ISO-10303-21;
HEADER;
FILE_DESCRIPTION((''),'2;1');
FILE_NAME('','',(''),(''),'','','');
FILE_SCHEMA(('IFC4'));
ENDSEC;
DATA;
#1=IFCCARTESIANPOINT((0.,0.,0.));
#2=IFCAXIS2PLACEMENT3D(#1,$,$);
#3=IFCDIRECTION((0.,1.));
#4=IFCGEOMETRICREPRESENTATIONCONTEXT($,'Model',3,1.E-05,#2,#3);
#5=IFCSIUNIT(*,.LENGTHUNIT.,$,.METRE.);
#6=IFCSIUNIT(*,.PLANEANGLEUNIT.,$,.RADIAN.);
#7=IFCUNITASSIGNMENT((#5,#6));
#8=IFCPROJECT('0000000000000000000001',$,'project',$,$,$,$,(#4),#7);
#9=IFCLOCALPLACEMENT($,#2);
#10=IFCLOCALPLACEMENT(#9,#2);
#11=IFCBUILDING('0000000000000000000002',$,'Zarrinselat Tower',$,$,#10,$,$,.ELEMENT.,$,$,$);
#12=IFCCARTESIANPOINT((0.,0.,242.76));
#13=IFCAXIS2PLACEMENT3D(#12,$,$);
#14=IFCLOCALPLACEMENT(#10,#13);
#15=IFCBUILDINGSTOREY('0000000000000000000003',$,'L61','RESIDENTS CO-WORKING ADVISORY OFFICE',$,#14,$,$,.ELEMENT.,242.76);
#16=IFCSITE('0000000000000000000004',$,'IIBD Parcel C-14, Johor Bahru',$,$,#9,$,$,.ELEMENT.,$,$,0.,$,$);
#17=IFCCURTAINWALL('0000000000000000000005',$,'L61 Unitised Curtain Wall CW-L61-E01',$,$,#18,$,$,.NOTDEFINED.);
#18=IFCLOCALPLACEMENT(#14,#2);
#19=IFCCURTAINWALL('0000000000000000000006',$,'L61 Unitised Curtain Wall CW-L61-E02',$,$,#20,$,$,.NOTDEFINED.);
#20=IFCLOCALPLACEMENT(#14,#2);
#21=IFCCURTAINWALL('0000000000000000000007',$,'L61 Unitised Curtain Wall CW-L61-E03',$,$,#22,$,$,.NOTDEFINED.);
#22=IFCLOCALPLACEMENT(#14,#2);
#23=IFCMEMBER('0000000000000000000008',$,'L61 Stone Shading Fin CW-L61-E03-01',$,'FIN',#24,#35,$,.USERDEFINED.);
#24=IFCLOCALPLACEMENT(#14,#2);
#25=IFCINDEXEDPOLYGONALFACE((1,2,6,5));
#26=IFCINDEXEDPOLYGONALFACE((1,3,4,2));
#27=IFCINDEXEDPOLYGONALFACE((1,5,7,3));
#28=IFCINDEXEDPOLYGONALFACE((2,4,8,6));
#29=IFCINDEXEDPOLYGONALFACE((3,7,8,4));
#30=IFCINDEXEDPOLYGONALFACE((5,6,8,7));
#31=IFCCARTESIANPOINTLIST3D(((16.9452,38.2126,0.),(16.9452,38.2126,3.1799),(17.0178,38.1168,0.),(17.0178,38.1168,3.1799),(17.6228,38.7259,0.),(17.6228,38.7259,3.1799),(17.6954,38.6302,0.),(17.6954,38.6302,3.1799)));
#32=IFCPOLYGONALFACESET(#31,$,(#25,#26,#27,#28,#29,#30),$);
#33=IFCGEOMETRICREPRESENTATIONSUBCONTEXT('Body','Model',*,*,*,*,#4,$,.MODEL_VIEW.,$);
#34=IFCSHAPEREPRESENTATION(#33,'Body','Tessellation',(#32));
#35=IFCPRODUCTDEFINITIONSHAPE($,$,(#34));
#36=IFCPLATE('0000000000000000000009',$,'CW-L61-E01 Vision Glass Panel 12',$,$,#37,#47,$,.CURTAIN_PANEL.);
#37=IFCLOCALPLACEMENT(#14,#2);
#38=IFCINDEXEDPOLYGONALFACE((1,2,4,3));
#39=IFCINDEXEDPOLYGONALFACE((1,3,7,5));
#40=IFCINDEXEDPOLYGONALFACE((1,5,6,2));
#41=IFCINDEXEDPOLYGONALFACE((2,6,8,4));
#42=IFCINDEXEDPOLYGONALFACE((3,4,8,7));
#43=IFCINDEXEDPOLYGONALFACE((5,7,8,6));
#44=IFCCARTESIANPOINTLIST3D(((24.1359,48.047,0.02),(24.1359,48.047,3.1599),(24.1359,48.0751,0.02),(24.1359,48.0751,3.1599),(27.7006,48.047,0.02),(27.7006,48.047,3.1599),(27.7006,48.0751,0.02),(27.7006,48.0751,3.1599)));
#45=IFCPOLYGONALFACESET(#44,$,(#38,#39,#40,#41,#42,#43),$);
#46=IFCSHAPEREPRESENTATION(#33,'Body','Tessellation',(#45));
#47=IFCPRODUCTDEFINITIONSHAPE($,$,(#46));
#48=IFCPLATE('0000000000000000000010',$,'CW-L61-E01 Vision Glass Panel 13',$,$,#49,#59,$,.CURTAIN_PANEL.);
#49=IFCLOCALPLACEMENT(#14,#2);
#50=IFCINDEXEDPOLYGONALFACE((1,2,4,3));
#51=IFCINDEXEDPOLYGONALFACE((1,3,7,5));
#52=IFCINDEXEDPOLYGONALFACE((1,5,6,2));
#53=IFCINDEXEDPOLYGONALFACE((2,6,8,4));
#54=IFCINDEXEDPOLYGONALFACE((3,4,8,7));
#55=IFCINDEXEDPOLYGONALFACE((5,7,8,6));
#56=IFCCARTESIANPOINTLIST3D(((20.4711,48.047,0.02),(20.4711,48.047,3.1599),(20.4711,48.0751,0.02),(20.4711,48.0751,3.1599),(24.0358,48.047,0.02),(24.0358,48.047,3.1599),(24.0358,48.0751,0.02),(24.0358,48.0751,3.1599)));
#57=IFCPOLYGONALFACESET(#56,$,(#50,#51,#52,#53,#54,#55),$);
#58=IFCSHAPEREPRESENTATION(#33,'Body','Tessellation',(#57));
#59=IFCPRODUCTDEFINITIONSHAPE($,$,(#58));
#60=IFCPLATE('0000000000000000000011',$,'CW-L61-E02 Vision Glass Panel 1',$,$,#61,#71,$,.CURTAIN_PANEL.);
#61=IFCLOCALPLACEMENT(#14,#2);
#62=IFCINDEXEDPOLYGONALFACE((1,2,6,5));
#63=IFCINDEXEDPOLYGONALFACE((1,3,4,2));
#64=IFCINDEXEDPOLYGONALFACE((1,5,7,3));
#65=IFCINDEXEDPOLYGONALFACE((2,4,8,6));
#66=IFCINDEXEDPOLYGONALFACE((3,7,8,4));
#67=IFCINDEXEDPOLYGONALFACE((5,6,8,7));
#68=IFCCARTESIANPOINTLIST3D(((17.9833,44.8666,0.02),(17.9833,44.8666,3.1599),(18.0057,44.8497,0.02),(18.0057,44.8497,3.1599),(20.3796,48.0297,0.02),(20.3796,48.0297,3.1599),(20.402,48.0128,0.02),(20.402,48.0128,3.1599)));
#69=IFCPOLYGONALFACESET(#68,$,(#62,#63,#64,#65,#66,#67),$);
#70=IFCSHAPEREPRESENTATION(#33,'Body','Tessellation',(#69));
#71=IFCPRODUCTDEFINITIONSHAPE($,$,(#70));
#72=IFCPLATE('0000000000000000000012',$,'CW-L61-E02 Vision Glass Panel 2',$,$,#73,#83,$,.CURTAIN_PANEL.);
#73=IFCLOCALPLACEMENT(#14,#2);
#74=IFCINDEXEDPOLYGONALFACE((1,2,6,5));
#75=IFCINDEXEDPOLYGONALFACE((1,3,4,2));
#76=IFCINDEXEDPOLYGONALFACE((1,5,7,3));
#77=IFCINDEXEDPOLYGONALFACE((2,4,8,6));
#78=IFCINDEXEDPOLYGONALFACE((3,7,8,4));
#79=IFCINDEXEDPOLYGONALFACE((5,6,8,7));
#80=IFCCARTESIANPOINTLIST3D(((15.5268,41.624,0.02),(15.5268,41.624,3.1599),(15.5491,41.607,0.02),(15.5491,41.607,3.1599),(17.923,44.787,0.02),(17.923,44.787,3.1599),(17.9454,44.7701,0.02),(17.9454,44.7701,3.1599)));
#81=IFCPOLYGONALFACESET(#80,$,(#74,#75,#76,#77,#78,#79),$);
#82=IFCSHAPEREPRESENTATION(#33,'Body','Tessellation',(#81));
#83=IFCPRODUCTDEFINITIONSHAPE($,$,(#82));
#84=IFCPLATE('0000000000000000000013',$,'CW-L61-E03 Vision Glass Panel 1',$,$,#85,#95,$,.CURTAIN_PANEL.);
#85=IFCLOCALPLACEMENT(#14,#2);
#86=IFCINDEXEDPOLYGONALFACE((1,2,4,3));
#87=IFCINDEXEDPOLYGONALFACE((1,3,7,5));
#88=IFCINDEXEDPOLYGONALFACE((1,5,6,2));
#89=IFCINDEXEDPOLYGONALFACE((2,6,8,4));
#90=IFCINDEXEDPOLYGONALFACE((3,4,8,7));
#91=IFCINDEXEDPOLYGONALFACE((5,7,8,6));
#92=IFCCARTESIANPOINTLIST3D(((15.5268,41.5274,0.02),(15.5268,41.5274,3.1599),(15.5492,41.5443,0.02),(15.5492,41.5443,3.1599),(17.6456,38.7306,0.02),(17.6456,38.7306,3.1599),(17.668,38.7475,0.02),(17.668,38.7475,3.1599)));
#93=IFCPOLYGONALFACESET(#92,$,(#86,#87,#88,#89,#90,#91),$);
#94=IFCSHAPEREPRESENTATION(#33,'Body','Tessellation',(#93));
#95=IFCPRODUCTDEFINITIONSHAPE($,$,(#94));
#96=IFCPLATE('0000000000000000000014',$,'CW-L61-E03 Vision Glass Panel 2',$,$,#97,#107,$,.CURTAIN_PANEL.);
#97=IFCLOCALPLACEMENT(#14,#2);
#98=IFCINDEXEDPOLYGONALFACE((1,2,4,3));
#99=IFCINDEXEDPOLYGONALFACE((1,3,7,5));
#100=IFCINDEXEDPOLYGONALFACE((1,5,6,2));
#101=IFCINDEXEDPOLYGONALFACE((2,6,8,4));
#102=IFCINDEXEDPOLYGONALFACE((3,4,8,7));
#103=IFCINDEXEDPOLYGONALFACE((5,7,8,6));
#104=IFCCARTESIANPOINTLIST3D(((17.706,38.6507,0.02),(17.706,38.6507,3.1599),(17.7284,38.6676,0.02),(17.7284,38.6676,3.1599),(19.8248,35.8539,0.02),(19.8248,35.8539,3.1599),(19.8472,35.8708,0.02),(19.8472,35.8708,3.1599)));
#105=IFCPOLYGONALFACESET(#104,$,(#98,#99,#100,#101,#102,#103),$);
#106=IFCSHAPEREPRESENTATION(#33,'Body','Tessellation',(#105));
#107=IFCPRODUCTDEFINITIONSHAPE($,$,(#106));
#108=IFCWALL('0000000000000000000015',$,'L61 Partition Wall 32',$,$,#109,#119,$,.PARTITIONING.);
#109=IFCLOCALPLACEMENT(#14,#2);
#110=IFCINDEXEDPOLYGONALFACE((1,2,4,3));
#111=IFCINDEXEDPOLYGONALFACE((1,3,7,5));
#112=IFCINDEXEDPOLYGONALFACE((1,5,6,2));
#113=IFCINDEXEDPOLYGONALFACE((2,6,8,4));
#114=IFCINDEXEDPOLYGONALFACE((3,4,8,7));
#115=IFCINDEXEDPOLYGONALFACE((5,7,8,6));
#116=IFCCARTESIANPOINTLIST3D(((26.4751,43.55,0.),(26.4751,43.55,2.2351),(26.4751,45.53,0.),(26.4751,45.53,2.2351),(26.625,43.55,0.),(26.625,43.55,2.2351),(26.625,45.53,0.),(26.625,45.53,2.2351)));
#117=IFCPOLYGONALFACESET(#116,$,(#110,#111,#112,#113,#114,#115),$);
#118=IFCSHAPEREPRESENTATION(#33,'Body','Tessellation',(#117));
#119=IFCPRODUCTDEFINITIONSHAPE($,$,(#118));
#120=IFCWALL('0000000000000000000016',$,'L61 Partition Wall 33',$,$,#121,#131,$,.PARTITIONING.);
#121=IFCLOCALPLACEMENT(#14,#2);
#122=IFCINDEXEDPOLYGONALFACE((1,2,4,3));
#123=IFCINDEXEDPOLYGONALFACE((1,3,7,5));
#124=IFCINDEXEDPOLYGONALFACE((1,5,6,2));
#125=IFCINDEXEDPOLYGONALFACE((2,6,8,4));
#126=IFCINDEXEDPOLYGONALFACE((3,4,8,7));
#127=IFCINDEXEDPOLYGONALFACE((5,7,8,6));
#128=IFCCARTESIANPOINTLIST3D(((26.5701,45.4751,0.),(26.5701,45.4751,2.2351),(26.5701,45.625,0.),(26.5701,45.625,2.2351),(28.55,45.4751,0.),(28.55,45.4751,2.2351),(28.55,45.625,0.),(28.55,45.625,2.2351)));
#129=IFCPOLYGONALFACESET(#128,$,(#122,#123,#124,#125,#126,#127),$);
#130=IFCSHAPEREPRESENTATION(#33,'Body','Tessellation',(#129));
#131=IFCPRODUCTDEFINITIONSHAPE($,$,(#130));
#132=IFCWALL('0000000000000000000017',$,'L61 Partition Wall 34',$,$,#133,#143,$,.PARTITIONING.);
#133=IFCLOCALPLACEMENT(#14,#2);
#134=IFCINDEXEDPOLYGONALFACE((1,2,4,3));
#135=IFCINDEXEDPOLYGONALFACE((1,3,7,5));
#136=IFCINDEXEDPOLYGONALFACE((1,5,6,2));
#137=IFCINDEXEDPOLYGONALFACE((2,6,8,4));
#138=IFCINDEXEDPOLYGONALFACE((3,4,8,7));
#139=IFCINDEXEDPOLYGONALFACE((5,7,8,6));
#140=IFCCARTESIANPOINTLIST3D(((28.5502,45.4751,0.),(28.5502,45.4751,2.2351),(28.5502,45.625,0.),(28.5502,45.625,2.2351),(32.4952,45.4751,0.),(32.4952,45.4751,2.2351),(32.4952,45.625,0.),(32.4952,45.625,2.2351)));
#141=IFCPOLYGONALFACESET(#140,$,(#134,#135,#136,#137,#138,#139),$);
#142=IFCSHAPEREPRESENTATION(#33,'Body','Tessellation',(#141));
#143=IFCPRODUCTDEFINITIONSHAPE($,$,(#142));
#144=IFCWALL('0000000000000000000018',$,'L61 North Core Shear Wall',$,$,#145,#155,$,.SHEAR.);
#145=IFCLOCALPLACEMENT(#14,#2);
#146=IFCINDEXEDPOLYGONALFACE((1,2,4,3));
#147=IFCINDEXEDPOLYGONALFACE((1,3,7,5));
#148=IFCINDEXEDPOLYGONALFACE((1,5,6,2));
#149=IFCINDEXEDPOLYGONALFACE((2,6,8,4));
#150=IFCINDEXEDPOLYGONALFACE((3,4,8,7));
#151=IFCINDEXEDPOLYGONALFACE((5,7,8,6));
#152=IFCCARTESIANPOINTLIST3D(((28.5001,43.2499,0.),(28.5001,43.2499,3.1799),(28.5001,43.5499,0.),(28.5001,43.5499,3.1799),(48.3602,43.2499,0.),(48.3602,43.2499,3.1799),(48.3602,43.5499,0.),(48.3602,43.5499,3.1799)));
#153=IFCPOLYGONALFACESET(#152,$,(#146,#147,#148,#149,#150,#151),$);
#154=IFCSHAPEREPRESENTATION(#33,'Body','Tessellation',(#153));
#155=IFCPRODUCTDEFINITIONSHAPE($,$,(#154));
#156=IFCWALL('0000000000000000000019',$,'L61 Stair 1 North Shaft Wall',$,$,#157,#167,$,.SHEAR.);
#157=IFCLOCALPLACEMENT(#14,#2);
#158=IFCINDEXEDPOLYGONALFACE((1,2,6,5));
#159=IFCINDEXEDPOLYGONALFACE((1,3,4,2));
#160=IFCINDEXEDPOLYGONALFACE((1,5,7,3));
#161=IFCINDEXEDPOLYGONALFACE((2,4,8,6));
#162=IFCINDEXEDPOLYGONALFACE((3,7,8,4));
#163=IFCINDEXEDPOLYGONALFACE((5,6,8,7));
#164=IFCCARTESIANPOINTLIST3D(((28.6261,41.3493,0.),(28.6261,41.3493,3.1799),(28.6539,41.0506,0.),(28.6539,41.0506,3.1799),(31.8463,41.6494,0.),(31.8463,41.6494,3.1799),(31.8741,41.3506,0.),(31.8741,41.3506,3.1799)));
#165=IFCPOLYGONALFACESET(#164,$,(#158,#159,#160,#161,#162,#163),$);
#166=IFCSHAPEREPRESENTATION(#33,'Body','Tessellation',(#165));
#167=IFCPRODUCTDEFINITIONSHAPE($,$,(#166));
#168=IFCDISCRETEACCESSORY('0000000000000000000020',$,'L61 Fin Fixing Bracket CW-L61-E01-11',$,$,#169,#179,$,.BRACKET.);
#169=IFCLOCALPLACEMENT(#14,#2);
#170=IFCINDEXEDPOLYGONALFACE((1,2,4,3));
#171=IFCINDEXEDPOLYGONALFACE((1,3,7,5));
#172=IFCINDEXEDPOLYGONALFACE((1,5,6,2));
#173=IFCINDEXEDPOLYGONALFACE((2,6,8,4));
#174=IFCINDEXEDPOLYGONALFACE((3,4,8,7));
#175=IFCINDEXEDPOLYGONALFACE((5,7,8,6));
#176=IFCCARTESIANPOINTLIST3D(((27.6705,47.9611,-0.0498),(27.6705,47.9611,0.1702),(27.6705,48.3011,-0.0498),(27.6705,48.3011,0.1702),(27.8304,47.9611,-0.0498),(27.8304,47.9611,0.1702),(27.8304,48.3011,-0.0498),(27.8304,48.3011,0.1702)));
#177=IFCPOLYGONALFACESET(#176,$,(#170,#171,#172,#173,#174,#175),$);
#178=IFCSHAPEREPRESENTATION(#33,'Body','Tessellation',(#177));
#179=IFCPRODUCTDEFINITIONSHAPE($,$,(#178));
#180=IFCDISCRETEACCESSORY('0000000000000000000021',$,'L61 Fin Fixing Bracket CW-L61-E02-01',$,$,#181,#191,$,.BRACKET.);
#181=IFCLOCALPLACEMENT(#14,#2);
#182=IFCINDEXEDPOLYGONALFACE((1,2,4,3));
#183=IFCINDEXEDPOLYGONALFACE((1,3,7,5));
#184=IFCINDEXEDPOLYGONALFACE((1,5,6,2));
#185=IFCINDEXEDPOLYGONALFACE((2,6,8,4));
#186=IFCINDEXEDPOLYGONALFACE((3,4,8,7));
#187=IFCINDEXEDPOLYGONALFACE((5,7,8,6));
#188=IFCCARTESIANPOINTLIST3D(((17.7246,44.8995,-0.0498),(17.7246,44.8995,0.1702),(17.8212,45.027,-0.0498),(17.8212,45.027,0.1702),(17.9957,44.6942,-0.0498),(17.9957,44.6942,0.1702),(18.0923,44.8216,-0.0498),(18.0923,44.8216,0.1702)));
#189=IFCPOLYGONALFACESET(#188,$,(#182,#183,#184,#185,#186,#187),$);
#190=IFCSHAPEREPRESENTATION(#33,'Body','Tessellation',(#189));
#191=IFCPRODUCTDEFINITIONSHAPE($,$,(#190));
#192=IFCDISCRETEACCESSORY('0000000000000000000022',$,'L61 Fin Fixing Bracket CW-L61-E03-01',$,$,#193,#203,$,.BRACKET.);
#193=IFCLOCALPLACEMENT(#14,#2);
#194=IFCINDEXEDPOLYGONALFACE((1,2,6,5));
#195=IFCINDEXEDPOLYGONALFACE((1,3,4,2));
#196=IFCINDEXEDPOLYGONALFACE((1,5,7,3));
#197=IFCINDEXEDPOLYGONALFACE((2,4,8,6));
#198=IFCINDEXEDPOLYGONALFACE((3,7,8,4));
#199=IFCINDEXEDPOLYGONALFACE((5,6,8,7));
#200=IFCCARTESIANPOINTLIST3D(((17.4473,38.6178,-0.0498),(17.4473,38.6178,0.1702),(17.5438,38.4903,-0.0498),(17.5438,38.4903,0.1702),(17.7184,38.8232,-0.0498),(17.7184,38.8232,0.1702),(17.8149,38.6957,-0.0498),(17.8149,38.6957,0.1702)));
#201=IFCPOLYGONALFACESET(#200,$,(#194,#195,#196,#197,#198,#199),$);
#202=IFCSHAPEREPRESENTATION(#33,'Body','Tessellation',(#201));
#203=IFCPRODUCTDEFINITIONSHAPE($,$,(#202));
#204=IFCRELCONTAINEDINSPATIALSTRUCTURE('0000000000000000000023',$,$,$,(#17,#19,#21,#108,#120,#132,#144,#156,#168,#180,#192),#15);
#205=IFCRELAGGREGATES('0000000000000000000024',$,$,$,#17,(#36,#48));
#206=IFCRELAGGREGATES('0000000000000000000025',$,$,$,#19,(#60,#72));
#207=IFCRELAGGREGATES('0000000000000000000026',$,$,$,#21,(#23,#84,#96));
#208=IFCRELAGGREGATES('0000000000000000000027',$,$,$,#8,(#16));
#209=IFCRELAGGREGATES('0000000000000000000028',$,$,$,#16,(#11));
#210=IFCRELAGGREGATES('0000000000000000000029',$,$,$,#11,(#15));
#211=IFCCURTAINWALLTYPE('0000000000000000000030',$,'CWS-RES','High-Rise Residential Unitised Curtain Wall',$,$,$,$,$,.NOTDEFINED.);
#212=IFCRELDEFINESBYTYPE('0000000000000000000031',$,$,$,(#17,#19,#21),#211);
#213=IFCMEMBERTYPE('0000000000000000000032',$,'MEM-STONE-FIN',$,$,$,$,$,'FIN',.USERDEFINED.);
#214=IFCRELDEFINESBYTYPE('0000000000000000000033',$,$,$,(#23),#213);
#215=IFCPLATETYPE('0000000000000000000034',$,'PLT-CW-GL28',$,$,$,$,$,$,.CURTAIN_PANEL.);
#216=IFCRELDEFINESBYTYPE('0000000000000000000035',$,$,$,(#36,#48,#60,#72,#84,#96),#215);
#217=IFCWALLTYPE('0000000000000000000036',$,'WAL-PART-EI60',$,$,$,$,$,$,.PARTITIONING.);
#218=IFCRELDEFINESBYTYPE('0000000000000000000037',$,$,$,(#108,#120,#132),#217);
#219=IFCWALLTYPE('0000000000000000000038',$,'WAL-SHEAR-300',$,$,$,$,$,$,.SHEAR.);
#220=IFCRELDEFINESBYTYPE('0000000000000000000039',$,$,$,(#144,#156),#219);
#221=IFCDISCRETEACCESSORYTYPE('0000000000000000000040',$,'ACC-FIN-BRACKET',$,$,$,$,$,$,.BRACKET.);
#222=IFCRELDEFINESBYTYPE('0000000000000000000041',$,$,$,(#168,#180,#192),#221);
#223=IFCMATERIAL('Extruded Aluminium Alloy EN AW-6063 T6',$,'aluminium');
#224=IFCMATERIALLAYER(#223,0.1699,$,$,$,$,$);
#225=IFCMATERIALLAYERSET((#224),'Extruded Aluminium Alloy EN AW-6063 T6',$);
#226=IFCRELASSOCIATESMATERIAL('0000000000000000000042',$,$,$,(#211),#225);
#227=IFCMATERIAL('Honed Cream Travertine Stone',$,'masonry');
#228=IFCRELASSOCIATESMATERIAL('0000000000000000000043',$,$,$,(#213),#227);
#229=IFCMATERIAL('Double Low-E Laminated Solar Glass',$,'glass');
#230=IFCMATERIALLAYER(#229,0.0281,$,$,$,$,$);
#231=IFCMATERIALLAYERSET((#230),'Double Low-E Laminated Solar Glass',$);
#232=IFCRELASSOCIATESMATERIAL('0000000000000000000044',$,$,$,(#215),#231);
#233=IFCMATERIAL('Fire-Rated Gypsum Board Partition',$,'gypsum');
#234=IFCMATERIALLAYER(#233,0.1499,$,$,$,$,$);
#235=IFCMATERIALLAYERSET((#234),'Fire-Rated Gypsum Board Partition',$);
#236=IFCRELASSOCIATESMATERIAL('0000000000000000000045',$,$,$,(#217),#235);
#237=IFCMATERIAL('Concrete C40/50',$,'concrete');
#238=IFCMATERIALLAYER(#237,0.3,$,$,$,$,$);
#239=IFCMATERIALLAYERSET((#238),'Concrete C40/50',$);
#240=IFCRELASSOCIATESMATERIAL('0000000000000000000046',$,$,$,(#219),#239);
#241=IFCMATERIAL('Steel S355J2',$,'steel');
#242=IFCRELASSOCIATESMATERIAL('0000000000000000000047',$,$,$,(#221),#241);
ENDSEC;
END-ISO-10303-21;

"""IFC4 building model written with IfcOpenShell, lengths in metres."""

from ifc_helpers import new_model, si_unit, direction, frame, frame_2d, origin, origin_2d, place, context, subcontext, project, spatial, rectangle, extrude, material, layer, layer_set, material_profile, profile_set, type_object, element, aggregate, save


model = new_model("IFC4")

# Units and contexts
model_context = context("Model", 3, precision=1e-05, world=origin(), true_north=direction((0.0, 1.0)))
body_context = subcontext(model_context, "Body", "Model", "MODEL_VIEW")
ifc_project = project(units=[si_unit("LENGTHUNIT", "METRE"), si_unit("PLANEANGLEUNIT", "RADIAN")], contexts=[model_context])

# Site, building, storey
site_placement = place(None, origin())
site = spatial("IfcSite", under=ifc_project, at=site_placement, Name="IIBD Parcel C-14, Johor Bahru", CompositionType="ELEMENT", RefElevation=0.0)
building_placement = place(site_placement, origin())
building = spatial("IfcBuilding", under=site, at=building_placement, Name="Zarrinselat Tower", CompositionType="ELEMENT")
storey_placement = place(building_placement, frame((0.0, 0.0, 242.76)))
storey = spatial("IfcBuildingStorey", under=building, at=storey_placement, Name="L61", Description="RESIDENTS CO-WORKING ADVISORY OFFICE", CompositionType="ELEMENT", Elevation=242.76)

# Curtain walls
ifc_material_1 = material(Name="Extruded Aluminium Alloy EN AW-6063 T6", Category="aluminium")
ifc_layer_1 = layer(ifc_material_1, 0.1699)
ifc_layer_set_1 = layer_set([ifc_layer_1], Name="Extruded Aluminium Alloy EN AW-6063 T6")
curtain_wall_type = type_object("IfcCurtainWallType", Name="CWS-RES", Description="High-Rise Residential Unitised Curtain Wall", PredefinedType="NOTDEFINED", material=ifc_layer_set_1)
curtain_wall_1_placement = place(storey_placement, origin())
curtain_wall_1 = element("IfcCurtainWall", 1, at=curtain_wall_1_placement, inside=storey, type_object=curtain_wall_type, Name="L61 Unitised Curtain Wall CW-L61-E01", PredefinedType="NOTDEFINED")
curtain_wall_2_placement = place(storey_placement, origin())
curtain_wall_2 = element("IfcCurtainWall", 2, at=curtain_wall_2_placement, inside=storey, type_object=curtain_wall_type, Name="L61 Unitised Curtain Wall CW-L61-E02", PredefinedType="NOTDEFINED")
curtain_wall_3_placement = place(storey_placement, origin())
curtain_wall_3 = element("IfcCurtainWall", 3, at=curtain_wall_3_placement, inside=storey, type_object=curtain_wall_type, Name="L61 Unitised Curtain Wall CW-L61-E03", PredefinedType="NOTDEFINED")

# Member
ifc_material_2 = material(Name="Honed Cream Travertine Stone", Category="masonry")
ifc_material_profile_1 = material_profile(ifc_material_2, rectangle(XDim=0.1201, YDim=0.8501, at=origin_2d()), Name="FIN 850x120")
ifc_profile_set_1 = profile_set([ifc_material_profile_1], Name="Honed Cream Travertine Stone")
member_type_1 = type_object("IfcMemberType", Name="MEM-STONE-FIN", ElementType="FIN", PredefinedType="USERDEFINED", material=ifc_profile_set_1)
member_1_placement = place(storey_placement, frame((17.3203, 38.4214, 0.0), z_axis=(0.0, 0.0, 1.0), x_axis=(-0.603858, 0.797092, 0.0)))
member_1 = element("IfcMember", 4, at=member_1_placement, type_object=member_type_1, Name="L61 Stone Shading Fin CW-L61-E03-01", ObjectType="FIN", PredefinedType="USERDEFINED", context=body_context, shape_type="SweptSolid", body=[
    extrude(rectangle(XDim=0.1201, YDim=0.8501, at=origin_2d()), origin(), (0.0, 0.0, 1.0), 3.1799),
])

# Plates
ifc_material_3 = material(Name="Double Low-E Laminated Solar Glass", Category="glass")
ifc_layer_2 = layer(ifc_material_3, 0.0281)
ifc_layer_set_2 = layer_set([ifc_layer_2], Name="Double Low-E Laminated Solar Glass")
plate_type = type_object("IfcPlateType", Name="PLT-CW-GL28", PredefinedType="CURTAIN_PANEL", material=ifc_layer_set_2)
plate_1_placement = place(storey_placement, frame((25.9182, 48.061, 0.02), z_axis=(0.0, 0.0, 1.0), x_axis=(-1.0, 0.0, 0.0)))
plate_1 = element("IfcPlate", 5, at=plate_1_placement, type_object=plate_type, Name="CW-L61-E01 Vision Glass Panel 12", PredefinedType="CURTAIN_PANEL", context=body_context, shape_type="SweptSolid", body=[
    extrude(rectangle(XDim=3.5647, YDim=0.0281, at=origin_2d()), origin(), (0.0, 0.0, 1.0), 3.1399),
])
plate_2_placement = place(storey_placement, frame((22.2534, 48.061, 0.02), z_axis=(0.0, 0.0, 1.0), x_axis=(-1.0, 0.0, 0.0)))
plate_2 = element("IfcPlate", 6, at=plate_2_placement, type_object=plate_type, Name="CW-L61-E01 Vision Glass Panel 13", PredefinedType="CURTAIN_PANEL", context=body_context, shape_type="SweptSolid", body=[
    extrude(rectangle(XDim=3.5647, YDim=0.0281, at=origin_2d()), origin(), (0.0, 0.0, 1.0), 3.1399),
])
aggregate(curtain_wall_1, [plate_1, plate_2])
plate_3_placement = place(storey_placement, frame((19.1926, 46.4397, 0.02), z_axis=(0.0, 0.0, 1.0), x_axis=(-0.603859, -0.797091, 0.0)))
plate_3 = element("IfcPlate", 7, at=plate_3_placement, type_object=plate_type, Name="CW-L61-E02 Vision Glass Panel 1", PredefinedType="CURTAIN_PANEL", context=body_context, shape_type="SweptSolid", body=[
    extrude(rectangle(XDim=3.9683, YDim=0.0281, at=origin_2d()), origin(), (0.0, 0.0, 1.0), 3.1399),
])
plate_4_placement = place(storey_placement, frame((16.7361, 43.197, 0.02), z_axis=(0.0, 0.0, 1.0), x_axis=(-0.603859, -0.797091, 0.0)))
plate_4 = element("IfcPlate", 8, at=plate_4_placement, type_object=plate_type, Name="CW-L61-E02 Vision Glass Panel 2", PredefinedType="CURTAIN_PANEL", context=body_context, shape_type="SweptSolid", body=[
    extrude(rectangle(XDim=3.9683, YDim=0.0281, at=origin_2d()), origin(), (0.0, 0.0, 1.0), 3.1399),
])
aggregate(curtain_wall_2, [plate_3, plate_4])
plate_5_placement = place(storey_placement, frame((16.5974, 40.1375, 0.02), z_axis=(0.0, 0.0, 1.0), x_axis=(0.603858, -0.797092, 0.0)))
plate_5 = element("IfcPlate", 9, at=plate_5_placement, type_object=plate_type, Name="CW-L61-E03 Vision Glass Panel 1", PredefinedType="CURTAIN_PANEL", context=body_context, shape_type="SweptSolid", body=[
    extrude(rectangle(XDim=3.5088, YDim=0.0281, at=origin_2d()), origin(), (0.0, 0.0, 1.0), 3.1399),
])
plate_6_placement = place(storey_placement, frame((18.7766, 37.2607, 0.02), z_axis=(0.0, 0.0, 1.0), x_axis=(0.603858, -0.797092, 0.0)))
plate_6 = element("IfcPlate", 10, at=plate_6_placement, type_object=plate_type, Name="CW-L61-E03 Vision Glass Panel 2", PredefinedType="CURTAIN_PANEL", context=body_context, shape_type="SweptSolid", body=[
    extrude(rectangle(XDim=3.5088, YDim=0.0281, at=origin_2d()), origin(), (0.0, 0.0, 1.0), 3.1399),
])
aggregate(curtain_wall_3, [member_1, plate_5, plate_6])

# Walls
ifc_material_4 = material(Name="Fire-Rated Gypsum Board Partition", Category="gypsum")
ifc_layer_3 = layer(ifc_material_4, 0.1499)
ifc_layer_set_3 = layer_set([ifc_layer_3], Name="Fire-Rated Gypsum Board Partition")
wall_type_1 = type_object("IfcWallType", Name="WAL-PART-EI60", PredefinedType="PARTITIONING", material=ifc_layer_set_3)
for number, where, z_axis, x_axis, name in (
    (11, (26.55, 43.55, 0.0), (0.0, 0.0, 1.0), (0.0, 1.0, 0.0), "L61 Partition Wall 32"),
    (12, (26.5701, 45.55, 0.0), (0.0, 0.0, 1.0), (1.0, 0.0, 0.0), "L61 Partition Wall 33"),
):
    element("IfcWall", number, at=place(storey_placement, frame(where, z_axis=z_axis, x_axis=x_axis)), inside=storey, type_object=wall_type_1, Name=name, PredefinedType="PARTITIONING", context=body_context, shape_type="SweptSolid", body=[
        extrude(rectangle(XDim=1.98, YDim=0.1499, at=frame_2d((0.99, 0.0))), origin(), (0.0, 0.0, 1.0), 2.2351),
    ])
wall_1_placement = place(storey_placement, frame((28.55, 45.55, 0.0), z_axis=(0.0, 0.0, 1.0), x_axis=(1.0, 0.0, 0.0)))
element("IfcWall", 13, at=wall_1_placement, inside=storey, type_object=wall_type_1, Name="L61 Partition Wall 34", PredefinedType="PARTITIONING", context=body_context, shape_type="SweptSolid", body=[
    extrude(rectangle(XDim=3.9451, YDim=0.1499, at=frame_2d((1.9727, 0.0))), origin(), (0.0, 0.0, 1.0), 2.2351),
])
ifc_material_5 = material(Name="Concrete C40/50", Category="concrete")
ifc_layer_4 = layer(ifc_material_5, 0.3)
ifc_layer_set_4 = layer_set([ifc_layer_4], Name="Concrete C40/50")
wall_type_2 = type_object("IfcWallType", Name="WAL-SHEAR-300", PredefinedType="SHEAR", material=ifc_layer_set_4)
wall_2_placement = place(storey_placement, frame((28.5, 43.3999, 0.0), z_axis=(0.0, 0.0, 1.0), x_axis=(1.0, 0.0, 0.0)))
element("IfcWall", 14, at=wall_2_placement, inside=storey, type_object=wall_type_2, Name="L61 North Core Shear Wall", PredefinedType="SHEAR", context=body_context, shape_type="SweptSolid", body=[
    extrude(rectangle(XDim=19.8601, YDim=0.3, at=frame_2d((9.9302, 0.0))), origin(), (0.0, 0.0, 1.0), 3.1799),
])
wall_3_placement = place(storey_placement, frame((28.6399, 41.2, 0.0), z_axis=(0.0, 0.0, 1.0), x_axis=(0.995687, 0.092775, 0.0)))
element("IfcWall", 15, at=wall_3_placement, inside=storey, type_object=wall_type_2, Name="L61 Stair 1 North Shaft Wall", PredefinedType="SHEAR", context=body_context, shape_type="SweptSolid", body=[
    extrude(rectangle(XDim=3.2341, YDim=0.3, at=frame_2d((1.6172, 0.0))), origin(), (0.0, 0.0, 1.0), 3.1799),
])

# Discrete accessories
ifc_material_6 = material(Name="Steel S355J2", Category="steel")
discrete_accessory_type = type_object("IfcDiscreteAccessoryType", Name="ACC-FIN-BRACKET", PredefinedType="BRACKET", material=ifc_material_6)
for number, where, z_axis, x_axis, name in (
    (16, (27.7505, 48.1311, -0.0498), (0.0, 0.0, 1.0), (0.0, 1.0, 0.0), "L61 Fin Fixing Bracket CW-L61-E01-11"),
    (17, (17.9084, 44.8606, -0.0498), (0.0, 0.0, 1.0), (-0.797091, 0.603859, 0.0), "L61 Fin Fixing Bracket CW-L61-E02-01"),
    (18, (17.6311, 38.6567, -0.0498), (0.0, 0.0, 1.0), (-0.797092, -0.603858, 0.0), "L61 Fin Fixing Bracket CW-L61-E03-01"),
):
    element("IfcDiscreteAccessory", number, at=place(storey_placement, frame(where, z_axis=z_axis, x_axis=x_axis)), inside=storey, type_object=discrete_accessory_type, Name=name, PredefinedType="BRACKET", context=body_context, shape_type="SweptSolid", body=[
        extrude(rectangle(XDim=0.3401, YDim=0.1599, at=origin_2d()), origin(), (0.0, 0.0, 1.0), 0.22),
    ])

save(model, "model.ifc")
